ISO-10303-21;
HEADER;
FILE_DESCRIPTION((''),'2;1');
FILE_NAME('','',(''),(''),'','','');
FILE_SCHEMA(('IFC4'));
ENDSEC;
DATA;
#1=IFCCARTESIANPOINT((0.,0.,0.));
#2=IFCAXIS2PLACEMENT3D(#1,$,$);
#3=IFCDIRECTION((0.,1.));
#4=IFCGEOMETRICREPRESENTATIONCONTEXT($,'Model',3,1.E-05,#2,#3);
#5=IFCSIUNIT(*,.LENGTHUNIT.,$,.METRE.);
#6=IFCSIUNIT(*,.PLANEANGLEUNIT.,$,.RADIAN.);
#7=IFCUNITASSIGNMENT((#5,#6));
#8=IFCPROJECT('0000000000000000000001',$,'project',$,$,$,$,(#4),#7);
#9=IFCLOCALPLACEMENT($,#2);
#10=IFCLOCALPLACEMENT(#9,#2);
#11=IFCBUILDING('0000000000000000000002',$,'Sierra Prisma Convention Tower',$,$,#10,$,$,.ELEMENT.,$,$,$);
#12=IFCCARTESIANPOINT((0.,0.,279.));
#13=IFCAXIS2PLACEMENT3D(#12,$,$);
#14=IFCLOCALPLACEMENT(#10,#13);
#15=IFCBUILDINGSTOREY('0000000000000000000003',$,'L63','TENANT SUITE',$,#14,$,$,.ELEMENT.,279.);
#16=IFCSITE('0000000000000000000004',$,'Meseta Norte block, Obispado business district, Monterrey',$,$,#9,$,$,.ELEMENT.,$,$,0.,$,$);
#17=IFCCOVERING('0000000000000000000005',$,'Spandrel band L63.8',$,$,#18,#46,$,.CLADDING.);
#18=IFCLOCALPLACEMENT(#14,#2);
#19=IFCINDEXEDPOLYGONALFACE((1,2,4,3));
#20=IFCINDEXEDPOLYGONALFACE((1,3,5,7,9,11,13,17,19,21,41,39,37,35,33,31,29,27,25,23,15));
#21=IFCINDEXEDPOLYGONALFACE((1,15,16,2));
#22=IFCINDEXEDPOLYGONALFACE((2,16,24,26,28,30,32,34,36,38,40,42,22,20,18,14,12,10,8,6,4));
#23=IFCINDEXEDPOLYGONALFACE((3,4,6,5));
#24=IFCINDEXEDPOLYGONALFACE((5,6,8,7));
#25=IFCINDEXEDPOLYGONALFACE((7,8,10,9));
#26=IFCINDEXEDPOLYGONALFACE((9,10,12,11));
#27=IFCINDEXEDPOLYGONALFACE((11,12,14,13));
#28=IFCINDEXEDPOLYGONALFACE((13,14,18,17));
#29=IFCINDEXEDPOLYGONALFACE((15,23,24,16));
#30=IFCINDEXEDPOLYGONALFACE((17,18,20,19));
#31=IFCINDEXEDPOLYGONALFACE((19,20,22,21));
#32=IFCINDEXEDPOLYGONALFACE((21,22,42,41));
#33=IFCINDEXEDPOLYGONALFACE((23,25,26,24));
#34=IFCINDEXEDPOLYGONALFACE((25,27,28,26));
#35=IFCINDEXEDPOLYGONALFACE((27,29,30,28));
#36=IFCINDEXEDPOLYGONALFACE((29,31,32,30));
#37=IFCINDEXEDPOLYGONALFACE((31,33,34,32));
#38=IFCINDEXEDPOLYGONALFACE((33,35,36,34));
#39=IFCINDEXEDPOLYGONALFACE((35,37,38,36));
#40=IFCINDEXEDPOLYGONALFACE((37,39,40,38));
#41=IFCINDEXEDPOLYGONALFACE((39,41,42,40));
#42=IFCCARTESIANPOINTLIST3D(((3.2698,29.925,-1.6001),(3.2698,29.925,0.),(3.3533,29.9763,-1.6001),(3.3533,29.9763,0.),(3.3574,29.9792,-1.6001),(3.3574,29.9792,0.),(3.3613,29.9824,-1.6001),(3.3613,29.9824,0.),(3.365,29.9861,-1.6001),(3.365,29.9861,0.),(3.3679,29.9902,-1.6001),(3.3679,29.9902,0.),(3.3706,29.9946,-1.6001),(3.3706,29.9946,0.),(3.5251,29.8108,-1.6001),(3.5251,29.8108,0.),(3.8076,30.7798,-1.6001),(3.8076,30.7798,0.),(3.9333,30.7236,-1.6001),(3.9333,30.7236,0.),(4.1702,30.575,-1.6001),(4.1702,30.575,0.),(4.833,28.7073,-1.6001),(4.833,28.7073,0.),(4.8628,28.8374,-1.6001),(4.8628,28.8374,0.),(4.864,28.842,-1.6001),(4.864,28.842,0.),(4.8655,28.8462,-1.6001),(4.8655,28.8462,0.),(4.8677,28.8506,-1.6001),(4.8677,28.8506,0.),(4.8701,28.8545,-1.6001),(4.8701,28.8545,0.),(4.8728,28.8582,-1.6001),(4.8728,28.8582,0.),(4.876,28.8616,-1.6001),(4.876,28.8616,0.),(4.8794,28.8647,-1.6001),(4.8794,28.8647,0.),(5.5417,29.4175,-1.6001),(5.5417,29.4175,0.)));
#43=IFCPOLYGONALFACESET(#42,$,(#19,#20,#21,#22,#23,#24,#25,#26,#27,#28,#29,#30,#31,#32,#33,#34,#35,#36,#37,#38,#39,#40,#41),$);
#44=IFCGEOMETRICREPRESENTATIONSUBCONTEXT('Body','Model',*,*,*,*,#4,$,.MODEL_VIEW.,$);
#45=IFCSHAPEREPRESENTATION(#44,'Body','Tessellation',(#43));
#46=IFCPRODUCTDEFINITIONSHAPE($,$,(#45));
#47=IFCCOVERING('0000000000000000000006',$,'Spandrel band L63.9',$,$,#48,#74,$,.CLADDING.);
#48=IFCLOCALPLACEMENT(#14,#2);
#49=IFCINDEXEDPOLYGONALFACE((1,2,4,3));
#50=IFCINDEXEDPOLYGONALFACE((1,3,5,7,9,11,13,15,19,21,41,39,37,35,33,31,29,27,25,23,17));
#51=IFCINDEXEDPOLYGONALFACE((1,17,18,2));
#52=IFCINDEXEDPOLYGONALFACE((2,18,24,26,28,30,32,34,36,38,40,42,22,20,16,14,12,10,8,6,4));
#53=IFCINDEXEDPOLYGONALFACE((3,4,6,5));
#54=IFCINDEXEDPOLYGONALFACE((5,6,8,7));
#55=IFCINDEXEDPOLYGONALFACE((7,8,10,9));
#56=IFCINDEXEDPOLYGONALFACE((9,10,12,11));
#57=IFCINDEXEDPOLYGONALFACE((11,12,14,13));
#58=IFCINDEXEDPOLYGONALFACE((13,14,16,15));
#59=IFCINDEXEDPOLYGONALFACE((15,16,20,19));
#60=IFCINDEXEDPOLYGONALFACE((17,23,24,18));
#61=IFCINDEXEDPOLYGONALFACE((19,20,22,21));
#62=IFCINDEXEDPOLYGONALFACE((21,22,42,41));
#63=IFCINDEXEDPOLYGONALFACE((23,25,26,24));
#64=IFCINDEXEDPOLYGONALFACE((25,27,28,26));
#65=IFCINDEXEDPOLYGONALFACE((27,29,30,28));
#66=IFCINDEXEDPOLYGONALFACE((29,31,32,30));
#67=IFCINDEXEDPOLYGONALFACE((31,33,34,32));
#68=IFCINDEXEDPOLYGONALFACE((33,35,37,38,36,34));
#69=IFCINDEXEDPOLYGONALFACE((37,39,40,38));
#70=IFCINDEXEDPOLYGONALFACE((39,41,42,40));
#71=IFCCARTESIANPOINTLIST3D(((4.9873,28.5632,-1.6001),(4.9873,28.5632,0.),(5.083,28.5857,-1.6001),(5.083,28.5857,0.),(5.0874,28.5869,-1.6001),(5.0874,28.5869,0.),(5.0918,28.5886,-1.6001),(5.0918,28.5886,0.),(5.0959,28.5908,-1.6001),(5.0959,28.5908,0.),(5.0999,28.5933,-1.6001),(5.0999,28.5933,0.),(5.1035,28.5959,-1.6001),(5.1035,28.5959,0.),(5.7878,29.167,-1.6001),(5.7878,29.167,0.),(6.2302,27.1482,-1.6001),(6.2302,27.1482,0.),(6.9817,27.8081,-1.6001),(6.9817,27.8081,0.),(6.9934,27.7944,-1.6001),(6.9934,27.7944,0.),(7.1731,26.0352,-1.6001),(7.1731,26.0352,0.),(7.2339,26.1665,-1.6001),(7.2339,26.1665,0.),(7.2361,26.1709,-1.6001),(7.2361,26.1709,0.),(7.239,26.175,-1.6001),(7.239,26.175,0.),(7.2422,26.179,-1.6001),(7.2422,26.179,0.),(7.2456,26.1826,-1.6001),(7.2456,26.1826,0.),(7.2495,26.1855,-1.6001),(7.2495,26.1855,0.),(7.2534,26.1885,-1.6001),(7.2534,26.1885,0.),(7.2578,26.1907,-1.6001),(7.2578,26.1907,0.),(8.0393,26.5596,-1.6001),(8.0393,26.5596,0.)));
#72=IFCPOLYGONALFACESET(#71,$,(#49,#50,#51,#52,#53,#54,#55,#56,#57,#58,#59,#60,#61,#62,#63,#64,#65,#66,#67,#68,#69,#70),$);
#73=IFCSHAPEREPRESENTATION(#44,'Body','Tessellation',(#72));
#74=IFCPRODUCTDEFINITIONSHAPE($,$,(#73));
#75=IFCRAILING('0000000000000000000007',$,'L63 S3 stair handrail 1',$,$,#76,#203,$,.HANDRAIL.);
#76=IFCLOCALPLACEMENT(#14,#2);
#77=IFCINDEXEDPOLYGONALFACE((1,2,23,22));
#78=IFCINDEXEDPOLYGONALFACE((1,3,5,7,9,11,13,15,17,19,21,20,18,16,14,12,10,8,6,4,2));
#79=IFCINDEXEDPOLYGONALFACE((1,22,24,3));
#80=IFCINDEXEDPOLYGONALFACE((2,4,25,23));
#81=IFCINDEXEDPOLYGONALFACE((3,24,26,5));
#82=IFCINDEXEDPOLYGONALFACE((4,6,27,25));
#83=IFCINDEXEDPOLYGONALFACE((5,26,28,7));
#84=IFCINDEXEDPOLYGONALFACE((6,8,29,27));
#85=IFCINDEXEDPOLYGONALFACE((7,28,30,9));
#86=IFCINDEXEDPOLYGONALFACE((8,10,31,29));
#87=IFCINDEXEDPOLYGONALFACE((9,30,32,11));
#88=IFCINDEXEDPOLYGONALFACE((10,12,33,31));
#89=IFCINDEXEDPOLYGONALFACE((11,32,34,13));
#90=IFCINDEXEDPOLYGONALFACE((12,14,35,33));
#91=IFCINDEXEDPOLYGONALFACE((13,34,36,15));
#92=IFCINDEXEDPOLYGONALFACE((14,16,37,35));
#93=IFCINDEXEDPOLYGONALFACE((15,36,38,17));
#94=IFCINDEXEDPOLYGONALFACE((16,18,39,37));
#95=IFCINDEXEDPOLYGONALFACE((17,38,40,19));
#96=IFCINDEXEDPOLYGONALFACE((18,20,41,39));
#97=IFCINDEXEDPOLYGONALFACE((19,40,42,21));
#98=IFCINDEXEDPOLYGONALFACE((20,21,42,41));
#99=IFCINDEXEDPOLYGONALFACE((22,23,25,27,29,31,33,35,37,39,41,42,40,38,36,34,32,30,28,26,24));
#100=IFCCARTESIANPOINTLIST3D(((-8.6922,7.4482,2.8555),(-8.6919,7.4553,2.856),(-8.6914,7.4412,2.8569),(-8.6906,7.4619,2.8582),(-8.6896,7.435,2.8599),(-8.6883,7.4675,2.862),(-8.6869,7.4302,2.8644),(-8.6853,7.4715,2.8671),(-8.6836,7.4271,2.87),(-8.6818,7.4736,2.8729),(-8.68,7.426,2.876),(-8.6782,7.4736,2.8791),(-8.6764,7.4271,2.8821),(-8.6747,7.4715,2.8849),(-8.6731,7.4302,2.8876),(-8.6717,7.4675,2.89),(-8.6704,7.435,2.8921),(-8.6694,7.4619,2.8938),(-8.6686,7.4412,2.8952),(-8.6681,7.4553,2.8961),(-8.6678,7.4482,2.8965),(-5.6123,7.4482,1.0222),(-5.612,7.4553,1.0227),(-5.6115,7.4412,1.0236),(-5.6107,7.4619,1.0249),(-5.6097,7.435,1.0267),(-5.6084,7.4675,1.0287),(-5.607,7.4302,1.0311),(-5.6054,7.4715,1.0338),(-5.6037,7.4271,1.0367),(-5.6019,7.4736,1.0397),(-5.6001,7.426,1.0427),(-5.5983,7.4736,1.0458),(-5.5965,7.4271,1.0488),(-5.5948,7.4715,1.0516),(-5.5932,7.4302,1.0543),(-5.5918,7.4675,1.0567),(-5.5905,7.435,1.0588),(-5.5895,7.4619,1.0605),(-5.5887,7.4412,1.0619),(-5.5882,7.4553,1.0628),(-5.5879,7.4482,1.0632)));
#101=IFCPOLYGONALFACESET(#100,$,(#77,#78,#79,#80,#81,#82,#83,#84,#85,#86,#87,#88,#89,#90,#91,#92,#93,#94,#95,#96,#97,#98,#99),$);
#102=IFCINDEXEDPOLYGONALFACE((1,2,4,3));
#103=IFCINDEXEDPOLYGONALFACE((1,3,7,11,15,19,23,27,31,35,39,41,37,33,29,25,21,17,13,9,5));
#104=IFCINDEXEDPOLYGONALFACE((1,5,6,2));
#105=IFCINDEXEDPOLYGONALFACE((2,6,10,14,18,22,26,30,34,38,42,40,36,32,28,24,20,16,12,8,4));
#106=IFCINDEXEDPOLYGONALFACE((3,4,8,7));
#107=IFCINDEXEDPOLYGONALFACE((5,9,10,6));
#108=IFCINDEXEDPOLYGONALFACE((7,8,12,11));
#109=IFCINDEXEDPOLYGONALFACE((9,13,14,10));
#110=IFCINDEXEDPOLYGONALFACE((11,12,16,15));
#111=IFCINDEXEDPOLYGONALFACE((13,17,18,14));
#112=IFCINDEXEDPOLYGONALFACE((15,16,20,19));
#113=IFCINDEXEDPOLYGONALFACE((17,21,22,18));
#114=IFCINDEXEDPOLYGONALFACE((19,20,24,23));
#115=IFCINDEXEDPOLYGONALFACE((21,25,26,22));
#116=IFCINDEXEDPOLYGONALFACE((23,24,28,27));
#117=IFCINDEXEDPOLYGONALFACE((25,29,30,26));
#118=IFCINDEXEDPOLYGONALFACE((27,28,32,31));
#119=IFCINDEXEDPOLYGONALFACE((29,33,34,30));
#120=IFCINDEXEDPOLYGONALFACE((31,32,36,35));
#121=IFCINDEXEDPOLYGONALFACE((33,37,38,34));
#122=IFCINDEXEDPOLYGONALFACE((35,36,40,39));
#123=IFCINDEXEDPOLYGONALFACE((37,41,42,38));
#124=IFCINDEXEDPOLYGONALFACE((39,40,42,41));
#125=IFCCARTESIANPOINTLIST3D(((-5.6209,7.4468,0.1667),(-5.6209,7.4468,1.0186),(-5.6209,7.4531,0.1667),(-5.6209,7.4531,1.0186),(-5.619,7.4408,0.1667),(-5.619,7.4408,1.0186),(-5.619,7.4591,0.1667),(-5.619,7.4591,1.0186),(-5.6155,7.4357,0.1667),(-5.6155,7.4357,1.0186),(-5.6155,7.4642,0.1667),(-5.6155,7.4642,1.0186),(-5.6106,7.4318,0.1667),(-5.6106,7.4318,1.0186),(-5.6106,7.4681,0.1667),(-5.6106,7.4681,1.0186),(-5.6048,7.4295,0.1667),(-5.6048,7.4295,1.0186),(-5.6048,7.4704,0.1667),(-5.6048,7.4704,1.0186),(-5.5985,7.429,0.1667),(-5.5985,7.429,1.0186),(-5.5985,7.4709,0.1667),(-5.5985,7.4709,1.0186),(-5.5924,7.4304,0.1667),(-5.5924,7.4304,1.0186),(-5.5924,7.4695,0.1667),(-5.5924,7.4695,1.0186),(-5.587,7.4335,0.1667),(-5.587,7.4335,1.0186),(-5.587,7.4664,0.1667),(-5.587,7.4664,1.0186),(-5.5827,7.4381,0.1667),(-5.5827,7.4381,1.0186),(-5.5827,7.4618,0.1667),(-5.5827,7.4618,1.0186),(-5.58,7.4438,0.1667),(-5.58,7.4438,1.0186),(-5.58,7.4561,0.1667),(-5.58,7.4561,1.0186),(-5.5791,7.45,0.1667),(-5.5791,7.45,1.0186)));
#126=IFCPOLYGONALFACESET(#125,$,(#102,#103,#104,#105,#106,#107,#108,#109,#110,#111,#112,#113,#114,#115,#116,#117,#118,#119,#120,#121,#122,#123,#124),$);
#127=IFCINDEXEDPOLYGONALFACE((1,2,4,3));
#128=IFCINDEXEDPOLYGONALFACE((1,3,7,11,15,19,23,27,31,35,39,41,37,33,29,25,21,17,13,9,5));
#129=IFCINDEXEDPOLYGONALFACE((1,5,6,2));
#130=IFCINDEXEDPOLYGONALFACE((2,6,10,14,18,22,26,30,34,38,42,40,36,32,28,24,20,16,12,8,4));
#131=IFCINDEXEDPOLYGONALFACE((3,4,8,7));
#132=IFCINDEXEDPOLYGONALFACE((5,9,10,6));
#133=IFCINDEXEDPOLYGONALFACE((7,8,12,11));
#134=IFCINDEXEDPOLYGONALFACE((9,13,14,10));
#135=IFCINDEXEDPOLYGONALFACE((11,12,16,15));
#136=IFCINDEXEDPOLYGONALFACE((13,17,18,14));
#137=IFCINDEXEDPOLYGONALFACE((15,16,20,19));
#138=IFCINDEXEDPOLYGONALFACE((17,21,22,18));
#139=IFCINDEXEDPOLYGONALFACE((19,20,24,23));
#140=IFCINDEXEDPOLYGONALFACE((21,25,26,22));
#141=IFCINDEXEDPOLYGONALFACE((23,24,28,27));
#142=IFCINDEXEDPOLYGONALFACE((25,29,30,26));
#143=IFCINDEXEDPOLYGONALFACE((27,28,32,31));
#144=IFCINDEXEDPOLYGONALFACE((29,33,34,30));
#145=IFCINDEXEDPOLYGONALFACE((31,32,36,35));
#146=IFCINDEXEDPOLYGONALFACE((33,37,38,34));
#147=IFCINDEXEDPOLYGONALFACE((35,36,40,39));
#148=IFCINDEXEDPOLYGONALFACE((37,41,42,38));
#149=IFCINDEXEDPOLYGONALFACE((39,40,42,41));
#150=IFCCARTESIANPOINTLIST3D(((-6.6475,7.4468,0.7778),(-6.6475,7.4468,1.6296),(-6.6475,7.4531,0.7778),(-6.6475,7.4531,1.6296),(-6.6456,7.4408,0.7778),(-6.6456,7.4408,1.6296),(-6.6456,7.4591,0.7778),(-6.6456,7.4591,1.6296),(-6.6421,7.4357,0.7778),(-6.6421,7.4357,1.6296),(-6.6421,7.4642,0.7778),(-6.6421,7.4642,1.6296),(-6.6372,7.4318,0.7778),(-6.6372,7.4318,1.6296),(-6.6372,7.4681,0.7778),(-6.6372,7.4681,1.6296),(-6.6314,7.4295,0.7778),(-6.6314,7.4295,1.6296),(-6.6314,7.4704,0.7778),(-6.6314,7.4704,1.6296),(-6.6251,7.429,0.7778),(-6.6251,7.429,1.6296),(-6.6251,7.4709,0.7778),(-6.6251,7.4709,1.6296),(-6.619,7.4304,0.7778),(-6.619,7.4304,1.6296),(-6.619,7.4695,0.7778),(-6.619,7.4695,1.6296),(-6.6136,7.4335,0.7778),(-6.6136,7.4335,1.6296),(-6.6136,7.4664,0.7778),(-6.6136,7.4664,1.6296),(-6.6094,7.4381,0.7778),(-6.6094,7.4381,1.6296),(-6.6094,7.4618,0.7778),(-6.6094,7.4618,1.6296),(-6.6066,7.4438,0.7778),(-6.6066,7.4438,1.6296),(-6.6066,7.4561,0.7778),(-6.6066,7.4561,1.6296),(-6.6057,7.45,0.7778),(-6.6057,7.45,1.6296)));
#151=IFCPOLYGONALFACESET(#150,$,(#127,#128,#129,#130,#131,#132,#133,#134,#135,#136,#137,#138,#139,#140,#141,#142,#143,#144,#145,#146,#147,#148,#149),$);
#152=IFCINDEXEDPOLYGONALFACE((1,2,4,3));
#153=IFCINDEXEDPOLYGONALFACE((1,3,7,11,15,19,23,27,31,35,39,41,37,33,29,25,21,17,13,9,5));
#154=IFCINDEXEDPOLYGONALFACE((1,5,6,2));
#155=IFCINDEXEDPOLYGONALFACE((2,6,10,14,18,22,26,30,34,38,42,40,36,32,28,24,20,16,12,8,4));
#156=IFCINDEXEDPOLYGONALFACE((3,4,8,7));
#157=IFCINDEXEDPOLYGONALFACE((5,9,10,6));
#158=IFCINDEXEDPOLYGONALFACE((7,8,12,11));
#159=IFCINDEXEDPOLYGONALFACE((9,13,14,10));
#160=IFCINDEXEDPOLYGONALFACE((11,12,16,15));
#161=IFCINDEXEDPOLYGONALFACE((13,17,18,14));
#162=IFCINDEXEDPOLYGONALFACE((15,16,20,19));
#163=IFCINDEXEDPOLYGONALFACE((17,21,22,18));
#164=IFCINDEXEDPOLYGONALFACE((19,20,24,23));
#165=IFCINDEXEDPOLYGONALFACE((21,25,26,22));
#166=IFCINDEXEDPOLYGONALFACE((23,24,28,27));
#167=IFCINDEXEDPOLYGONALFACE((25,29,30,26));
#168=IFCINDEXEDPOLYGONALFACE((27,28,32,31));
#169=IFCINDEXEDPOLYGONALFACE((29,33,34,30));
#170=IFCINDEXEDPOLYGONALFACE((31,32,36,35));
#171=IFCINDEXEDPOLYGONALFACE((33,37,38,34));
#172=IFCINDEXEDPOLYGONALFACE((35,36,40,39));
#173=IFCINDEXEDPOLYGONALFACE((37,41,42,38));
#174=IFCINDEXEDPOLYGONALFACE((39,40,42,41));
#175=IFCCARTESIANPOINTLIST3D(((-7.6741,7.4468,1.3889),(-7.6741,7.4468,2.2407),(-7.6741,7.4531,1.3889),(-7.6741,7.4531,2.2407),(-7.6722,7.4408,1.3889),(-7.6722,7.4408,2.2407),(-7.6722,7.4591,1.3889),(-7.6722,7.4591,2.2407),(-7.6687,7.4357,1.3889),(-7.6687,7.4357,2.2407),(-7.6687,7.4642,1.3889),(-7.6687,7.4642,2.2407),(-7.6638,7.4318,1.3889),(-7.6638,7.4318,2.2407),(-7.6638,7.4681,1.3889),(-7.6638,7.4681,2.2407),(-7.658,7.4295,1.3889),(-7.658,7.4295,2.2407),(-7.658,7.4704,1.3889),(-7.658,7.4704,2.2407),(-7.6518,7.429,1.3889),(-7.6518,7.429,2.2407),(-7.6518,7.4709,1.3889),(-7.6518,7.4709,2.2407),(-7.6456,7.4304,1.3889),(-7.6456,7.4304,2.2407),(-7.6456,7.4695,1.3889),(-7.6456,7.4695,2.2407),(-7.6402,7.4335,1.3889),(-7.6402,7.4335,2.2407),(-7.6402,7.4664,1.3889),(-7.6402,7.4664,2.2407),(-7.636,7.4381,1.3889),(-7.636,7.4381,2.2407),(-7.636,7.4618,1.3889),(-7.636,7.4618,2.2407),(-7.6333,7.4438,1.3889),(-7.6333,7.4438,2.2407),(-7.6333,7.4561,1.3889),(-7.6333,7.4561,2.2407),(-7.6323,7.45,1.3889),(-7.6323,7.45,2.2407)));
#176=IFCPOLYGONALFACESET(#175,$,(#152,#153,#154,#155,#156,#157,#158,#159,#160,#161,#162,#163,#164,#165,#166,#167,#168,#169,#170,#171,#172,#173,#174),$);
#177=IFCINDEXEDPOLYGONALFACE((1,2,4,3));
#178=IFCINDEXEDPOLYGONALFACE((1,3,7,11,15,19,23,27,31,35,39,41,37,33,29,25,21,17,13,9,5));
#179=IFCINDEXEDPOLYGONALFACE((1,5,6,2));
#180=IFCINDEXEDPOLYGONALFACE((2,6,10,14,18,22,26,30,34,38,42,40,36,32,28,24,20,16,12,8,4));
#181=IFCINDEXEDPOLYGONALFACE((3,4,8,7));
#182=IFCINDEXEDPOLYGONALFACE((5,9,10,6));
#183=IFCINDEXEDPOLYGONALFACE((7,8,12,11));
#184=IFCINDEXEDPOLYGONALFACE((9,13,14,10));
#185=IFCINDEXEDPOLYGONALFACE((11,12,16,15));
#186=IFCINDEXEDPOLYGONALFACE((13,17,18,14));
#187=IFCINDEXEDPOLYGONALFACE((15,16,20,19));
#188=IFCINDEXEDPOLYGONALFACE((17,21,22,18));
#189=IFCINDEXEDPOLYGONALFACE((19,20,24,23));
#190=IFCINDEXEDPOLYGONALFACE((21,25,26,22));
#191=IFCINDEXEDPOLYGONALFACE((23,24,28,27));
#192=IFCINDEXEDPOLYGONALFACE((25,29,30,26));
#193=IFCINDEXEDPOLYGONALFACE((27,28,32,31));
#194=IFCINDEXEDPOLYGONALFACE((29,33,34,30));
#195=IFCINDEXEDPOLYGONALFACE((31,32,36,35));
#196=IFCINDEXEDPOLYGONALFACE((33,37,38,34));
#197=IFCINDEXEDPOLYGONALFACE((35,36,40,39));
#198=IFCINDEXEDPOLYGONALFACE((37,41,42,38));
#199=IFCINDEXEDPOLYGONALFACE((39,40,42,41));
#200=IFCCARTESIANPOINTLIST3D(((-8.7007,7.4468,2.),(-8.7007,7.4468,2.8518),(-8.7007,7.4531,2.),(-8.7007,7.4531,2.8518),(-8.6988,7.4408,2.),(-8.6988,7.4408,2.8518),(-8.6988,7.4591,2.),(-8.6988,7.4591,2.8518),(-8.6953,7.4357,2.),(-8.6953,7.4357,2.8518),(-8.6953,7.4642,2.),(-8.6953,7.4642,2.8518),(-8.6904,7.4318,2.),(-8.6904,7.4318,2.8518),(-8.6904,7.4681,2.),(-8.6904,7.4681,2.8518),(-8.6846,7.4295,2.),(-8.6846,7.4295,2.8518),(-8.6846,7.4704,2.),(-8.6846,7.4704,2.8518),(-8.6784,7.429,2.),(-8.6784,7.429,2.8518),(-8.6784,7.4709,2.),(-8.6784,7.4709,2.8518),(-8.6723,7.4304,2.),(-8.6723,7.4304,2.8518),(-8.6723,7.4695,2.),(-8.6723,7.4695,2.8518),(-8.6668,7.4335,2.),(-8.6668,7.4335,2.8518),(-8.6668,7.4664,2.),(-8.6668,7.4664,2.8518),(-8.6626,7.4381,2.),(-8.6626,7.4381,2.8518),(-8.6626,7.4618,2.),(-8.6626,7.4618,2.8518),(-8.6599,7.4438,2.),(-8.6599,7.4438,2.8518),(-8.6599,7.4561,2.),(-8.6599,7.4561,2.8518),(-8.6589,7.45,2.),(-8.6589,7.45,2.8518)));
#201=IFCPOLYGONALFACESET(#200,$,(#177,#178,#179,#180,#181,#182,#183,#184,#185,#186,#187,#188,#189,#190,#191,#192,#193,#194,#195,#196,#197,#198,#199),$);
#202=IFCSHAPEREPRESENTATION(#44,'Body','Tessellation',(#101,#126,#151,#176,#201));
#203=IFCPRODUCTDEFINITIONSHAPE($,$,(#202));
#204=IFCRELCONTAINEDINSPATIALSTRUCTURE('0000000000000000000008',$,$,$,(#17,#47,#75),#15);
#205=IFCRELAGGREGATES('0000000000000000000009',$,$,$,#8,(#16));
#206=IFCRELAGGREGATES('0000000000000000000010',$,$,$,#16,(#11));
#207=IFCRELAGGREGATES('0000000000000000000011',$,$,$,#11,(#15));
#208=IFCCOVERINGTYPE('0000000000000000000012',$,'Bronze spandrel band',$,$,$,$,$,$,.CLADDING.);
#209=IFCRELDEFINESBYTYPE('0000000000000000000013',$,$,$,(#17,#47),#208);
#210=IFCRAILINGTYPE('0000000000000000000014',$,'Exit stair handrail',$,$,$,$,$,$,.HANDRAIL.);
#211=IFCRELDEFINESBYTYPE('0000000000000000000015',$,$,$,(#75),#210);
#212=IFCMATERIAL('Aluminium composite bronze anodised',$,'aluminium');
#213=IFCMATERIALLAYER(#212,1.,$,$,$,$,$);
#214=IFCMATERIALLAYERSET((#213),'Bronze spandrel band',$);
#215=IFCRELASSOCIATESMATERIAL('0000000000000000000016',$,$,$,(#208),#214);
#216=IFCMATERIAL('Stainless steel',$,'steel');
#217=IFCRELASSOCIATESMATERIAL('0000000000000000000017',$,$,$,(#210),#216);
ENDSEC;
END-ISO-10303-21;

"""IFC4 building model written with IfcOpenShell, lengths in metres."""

from ifc_helpers import new_model, si_unit, direction, frame, origin, origin_2d, place, context, subcontext, project, spatial, polyline, circle, outline, extrude, material, layer, layer_set, type_object, element, save


model = new_model("IFC4")

# Units and contexts
model_context = context("Model", 3, precision=1e-05, world=origin(), true_north=direction((0.0, 1.0)))
body_context = subcontext(model_context, "Body", "Model", "MODEL_VIEW")
ifc_project = project(units=[si_unit("LENGTHUNIT", "METRE"), si_unit("PLANEANGLEUNIT", "RADIAN")], contexts=[model_context])

# Site, building, storey
site_placement = place(None, origin())
site = spatial("IfcSite", under=ifc_project, at=site_placement, Name="Meseta Norte block, Obispado business district, Monterrey", CompositionType="ELEMENT", RefElevation=0.0)
building_placement = place(site_placement, origin())
building = spatial("IfcBuilding", under=site, at=building_placement, Name="Sierra Prisma Convention Tower", CompositionType="ELEMENT")
storey_placement = place(building_placement, frame((0.0, 0.0, 279.0)))
storey = spatial("IfcBuildingStorey", under=building, at=storey_placement, Name="L63", Description="TENANT SUITE", CompositionType="ELEMENT", Elevation=279.0)

# Coverings
ifc_material_1 = material(Name="Aluminium composite bronze anodised", Category="aluminium")
ifc_layer_1 = layer(ifc_material_1, 1.0)
ifc_layer_set_1 = layer_set([ifc_layer_1], Name="Bronze spandrel band")
covering_type = type_object("IfcCoveringType", Name="Bronze spandrel band", PredefinedType="CLADDING", material=ifc_layer_set_1)
covering_1_placement = place(storey_placement, frame((0.0, 0.0, -1.6001)))
element("IfcCovering", 1, at=covering_1_placement, inside=storey, type_object=covering_type, Name="Spandrel band L63.8", PredefinedType="CLADDING", context=body_context, shape_type="SweptSolid", body=[
    extrude(outline(polyline([(4.864, 28.842), (4.8628, 28.8374), (4.833, 28.7073), (3.5251, 29.8108), (3.2698, 29.925), (3.3533, 29.9763), (3.3574, 29.9792), (3.3613, 29.9824), (3.365, 29.9861), (3.3679, 29.9902), (3.3706, 29.9946), (3.8076, 30.7798), (3.9333, 30.7236), (4.1702, 30.575), (5.5417, 29.4175), (4.8794, 28.8647), (4.876, 28.8616), (4.8728, 28.8582), (4.8701, 28.8545), (4.8677, 28.8506), (4.8655, 28.8462), (4.864, 28.842)])), origin(), (0.0, 0.0, 1.0), 1.6001),
])
covering_2_placement = place(storey_placement, frame((0.0, 0.0, -1.6001)))
element("IfcCovering", 2, at=covering_2_placement, inside=storey, type_object=covering_type, Name="Spandrel band L63.9", PredefinedType="CLADDING", context=body_context, shape_type="SweptSolid", body=[
    extrude(outline(polyline([(7.2339, 26.1665), (7.1731, 26.0352), (6.2302, 27.1482), (4.9873, 28.5632), (5.083, 28.5857), (5.0874, 28.5869), (5.0918, 28.5886), (5.0959, 28.5908), (5.0999, 28.5933), (5.1035, 28.5959), (5.7878, 29.167), (6.9817, 27.8081), (6.9934, 27.7944), (8.0393, 26.5596), (7.2578, 26.1907), (7.2534, 26.1885), (7.2495, 26.1855), (7.2456, 26.1826), (7.2422, 26.179), (7.239, 26.175), (7.2361, 26.1709), (7.2339, 26.1665)])), origin(), (0.0, 0.0, 1.0), 1.6001),
])

# Railing
ifc_material_2 = material(Name="Stainless steel", Category="steel")
railing_type_1 = type_object("IfcRailingType", Name="Exit stair handrail", PredefinedType="HANDRAIL", material=ifc_material_2)
railing_1_placement = place(storey_placement, frame((-5.6001, 7.45, 0.1667)))
element("IfcRailing", 3, at=railing_1_placement, inside=storey, type_object=railing_type_1, Name="L63 S3 stair handrail 1", PredefinedType="HANDRAIL", context=body_context, shape_type="SweptSolid", body=[
    extrude(circle(Radius=0.0239, at=origin_2d()), frame((0.0, 0.0, 0.876), z_axis=(-0.859291, 0.0, 0.511487), x_axis=(0.0, -1.0, 0.0)), (0.0, 0.0, 1.0), 3.5842),
    extrude(circle(Radius=0.021, at=origin_2d()), origin(), (0.0, 0.0, 1.0), 0.8518),
    extrude(circle(Radius=0.021, at=origin_2d()), frame((-1.0266, 0.0, 0.6111)), (0.0, 0.0, 1.0), 0.8518),
    extrude(circle(Radius=0.021, at=origin_2d()), frame((-2.0532, 0.0, 1.2222)), (0.0, 0.0, 1.0), 0.8518),
    extrude(circle(Radius=0.021, at=origin_2d()), frame((-3.0798, 0.0, 1.8333)), (0.0, 0.0, 1.0), 0.8518),
])

save(model, "model.ifc")
